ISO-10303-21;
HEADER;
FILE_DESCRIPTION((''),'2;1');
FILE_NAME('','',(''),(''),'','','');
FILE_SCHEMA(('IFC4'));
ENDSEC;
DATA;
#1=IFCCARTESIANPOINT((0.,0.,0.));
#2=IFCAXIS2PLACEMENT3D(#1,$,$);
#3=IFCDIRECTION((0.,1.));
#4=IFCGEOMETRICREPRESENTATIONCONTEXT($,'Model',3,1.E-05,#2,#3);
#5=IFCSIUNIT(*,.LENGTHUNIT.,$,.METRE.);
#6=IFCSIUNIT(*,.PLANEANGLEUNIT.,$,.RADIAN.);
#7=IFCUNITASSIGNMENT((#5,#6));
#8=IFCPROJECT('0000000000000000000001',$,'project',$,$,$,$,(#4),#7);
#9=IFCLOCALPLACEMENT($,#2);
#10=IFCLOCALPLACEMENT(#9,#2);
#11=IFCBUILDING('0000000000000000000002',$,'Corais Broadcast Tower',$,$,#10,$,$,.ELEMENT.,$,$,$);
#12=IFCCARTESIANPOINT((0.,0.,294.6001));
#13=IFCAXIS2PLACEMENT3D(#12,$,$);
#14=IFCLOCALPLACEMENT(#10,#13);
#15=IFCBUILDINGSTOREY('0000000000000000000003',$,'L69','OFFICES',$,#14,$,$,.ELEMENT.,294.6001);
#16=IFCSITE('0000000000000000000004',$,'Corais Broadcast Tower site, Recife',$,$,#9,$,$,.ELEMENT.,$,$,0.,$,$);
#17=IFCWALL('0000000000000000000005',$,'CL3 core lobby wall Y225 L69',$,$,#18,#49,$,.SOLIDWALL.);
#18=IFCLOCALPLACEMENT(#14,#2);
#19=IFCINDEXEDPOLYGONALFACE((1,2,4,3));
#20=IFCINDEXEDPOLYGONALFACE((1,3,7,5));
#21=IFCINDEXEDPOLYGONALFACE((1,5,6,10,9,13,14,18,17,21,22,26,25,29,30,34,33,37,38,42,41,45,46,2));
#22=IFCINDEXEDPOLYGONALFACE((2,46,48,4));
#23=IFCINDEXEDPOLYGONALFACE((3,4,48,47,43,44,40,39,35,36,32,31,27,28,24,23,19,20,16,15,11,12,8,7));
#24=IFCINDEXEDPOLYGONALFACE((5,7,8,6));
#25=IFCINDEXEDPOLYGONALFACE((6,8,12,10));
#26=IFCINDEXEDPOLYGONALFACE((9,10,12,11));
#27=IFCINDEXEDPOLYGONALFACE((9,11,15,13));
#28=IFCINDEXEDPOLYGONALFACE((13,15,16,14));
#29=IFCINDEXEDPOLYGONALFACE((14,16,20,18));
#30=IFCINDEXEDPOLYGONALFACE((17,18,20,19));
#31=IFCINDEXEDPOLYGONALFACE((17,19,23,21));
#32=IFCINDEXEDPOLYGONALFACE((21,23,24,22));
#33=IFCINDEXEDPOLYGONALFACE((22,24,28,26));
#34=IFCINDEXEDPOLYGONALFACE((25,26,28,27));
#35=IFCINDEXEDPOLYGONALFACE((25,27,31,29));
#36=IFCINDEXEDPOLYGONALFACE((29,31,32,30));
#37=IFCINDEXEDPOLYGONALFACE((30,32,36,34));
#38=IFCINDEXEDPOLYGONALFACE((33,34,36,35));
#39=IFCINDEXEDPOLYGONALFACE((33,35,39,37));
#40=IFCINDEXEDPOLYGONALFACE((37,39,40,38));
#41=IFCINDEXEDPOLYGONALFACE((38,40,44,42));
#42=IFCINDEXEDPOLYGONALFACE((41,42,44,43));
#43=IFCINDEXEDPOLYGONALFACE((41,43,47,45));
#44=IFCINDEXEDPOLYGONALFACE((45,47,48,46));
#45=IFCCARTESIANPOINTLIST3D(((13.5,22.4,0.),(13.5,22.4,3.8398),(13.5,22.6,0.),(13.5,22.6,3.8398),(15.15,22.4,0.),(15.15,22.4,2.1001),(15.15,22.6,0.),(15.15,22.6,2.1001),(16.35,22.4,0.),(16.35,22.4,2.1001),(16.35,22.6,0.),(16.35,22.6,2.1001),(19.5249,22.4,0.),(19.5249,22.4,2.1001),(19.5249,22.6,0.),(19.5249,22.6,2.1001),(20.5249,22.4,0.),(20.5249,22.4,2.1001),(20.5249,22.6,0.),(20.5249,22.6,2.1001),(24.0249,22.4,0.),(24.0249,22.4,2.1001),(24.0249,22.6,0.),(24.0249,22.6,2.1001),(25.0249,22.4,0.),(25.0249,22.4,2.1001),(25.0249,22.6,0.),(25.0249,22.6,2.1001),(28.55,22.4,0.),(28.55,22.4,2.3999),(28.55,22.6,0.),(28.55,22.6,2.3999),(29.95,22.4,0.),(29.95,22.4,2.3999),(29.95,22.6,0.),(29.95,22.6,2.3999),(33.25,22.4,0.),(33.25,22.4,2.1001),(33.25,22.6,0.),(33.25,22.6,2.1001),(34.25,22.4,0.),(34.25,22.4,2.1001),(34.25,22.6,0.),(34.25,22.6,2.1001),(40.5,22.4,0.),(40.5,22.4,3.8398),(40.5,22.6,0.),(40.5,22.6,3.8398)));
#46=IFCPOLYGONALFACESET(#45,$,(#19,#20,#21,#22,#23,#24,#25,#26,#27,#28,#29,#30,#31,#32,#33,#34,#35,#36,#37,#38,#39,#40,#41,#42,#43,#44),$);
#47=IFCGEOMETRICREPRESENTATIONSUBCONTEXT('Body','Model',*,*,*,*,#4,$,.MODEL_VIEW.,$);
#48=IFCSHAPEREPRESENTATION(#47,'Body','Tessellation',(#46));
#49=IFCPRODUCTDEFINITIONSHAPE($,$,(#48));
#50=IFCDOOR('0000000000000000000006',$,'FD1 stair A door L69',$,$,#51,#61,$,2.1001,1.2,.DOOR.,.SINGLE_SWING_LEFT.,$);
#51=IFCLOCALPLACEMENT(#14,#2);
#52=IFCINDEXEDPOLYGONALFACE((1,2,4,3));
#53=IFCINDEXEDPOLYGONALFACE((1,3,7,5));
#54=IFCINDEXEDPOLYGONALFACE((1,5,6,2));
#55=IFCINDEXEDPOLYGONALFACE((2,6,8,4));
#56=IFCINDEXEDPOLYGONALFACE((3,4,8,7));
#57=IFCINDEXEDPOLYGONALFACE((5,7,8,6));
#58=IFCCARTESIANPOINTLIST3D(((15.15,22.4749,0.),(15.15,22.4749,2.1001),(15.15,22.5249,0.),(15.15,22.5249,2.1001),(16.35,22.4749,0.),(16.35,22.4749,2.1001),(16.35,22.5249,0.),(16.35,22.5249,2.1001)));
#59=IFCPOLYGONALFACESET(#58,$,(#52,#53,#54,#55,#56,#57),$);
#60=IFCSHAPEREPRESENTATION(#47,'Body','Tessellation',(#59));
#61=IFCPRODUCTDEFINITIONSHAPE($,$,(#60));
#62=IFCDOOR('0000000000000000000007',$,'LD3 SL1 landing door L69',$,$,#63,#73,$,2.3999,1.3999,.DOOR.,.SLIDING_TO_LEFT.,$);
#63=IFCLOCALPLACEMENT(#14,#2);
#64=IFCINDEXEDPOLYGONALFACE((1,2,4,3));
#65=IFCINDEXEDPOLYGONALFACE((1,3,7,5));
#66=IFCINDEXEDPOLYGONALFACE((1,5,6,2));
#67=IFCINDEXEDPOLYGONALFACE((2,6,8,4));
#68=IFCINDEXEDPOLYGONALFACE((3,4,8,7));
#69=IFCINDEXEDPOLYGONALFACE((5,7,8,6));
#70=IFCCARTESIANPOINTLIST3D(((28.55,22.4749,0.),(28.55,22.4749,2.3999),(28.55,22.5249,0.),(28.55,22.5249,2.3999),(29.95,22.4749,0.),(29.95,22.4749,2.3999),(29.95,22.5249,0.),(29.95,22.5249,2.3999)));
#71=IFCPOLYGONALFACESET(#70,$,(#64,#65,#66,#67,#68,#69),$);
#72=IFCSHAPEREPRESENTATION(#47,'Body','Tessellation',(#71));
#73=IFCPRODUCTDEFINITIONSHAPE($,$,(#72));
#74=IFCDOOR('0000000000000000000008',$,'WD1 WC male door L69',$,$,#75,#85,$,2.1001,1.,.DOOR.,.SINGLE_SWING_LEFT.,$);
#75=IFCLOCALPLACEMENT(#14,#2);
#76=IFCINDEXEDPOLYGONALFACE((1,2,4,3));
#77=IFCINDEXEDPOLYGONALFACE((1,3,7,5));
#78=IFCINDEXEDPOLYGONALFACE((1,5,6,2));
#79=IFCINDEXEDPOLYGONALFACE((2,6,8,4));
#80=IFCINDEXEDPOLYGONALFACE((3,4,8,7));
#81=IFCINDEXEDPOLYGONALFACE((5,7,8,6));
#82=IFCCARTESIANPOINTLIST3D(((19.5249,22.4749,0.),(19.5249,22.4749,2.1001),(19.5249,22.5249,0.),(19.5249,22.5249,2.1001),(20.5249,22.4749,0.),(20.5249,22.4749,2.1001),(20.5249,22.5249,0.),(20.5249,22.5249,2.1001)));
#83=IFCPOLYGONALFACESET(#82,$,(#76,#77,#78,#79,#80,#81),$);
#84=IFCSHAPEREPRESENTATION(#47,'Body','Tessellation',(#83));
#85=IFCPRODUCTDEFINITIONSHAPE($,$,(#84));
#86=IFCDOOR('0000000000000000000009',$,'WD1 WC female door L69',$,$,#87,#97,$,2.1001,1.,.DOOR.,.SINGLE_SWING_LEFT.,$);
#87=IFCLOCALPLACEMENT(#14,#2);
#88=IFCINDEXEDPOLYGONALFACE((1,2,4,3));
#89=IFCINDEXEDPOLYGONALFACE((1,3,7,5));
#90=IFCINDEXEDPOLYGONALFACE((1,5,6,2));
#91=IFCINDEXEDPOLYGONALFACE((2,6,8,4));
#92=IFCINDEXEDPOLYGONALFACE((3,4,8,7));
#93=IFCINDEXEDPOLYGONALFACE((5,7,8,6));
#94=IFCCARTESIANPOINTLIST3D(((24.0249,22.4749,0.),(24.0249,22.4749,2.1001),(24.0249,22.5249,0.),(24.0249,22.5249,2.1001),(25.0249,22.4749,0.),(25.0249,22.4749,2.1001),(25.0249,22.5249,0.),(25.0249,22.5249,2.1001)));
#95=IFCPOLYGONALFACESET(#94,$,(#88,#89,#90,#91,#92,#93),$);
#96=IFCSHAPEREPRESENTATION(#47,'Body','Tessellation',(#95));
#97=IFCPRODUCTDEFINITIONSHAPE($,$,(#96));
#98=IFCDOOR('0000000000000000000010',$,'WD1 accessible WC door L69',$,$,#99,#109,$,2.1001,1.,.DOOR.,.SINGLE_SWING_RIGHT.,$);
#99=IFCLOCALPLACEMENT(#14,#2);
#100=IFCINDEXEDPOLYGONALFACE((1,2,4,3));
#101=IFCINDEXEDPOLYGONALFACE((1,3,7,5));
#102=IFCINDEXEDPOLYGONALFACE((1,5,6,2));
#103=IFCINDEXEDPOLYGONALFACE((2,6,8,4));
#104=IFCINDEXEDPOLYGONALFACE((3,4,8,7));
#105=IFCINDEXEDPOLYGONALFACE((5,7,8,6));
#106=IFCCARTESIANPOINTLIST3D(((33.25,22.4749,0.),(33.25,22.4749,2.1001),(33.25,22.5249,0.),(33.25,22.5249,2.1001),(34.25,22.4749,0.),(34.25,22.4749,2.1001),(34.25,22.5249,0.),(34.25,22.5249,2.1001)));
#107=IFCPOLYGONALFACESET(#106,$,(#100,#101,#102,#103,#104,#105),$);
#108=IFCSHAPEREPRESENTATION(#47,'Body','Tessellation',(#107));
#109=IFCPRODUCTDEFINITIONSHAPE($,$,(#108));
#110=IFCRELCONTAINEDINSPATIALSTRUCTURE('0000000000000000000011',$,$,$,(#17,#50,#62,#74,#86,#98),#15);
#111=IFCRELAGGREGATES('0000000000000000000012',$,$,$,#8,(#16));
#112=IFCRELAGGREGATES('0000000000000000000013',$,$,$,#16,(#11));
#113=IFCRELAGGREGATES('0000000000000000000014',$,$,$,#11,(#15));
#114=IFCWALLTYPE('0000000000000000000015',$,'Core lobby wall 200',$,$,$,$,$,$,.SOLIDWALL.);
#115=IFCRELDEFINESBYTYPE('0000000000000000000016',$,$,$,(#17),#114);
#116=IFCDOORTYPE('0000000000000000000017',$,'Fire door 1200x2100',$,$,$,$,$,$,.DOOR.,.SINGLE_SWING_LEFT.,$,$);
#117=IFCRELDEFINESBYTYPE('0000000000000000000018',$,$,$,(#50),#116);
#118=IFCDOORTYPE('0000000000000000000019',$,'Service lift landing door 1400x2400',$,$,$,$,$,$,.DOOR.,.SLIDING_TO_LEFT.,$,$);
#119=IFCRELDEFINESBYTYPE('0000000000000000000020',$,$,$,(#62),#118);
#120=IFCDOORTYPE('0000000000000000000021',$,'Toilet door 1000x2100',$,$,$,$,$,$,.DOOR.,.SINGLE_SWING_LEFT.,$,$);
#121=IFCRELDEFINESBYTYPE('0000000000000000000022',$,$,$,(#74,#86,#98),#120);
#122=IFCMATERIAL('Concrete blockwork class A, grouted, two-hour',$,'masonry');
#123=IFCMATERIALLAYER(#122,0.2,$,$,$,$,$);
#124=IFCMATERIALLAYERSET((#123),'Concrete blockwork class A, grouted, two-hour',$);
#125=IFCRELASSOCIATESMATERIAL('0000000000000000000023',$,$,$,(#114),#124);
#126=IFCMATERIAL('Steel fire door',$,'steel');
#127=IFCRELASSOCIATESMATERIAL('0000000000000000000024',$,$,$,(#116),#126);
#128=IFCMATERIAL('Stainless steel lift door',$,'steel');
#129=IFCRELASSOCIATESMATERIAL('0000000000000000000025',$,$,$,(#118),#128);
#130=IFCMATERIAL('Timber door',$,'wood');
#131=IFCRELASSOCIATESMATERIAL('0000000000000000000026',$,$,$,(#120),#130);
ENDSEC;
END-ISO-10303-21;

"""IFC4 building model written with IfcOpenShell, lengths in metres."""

from ifc_helpers import new_model, si_unit, direction, frame, frame_2d, origin, place, context, subcontext, project, spatial, rectangle, extrude, material, layer, layer_set, type_object, element, fill, save


model = new_model("IFC4")

# Units and contexts
model_context = context("Model", 3, precision=1e-05, world=origin(), true_north=direction((0.0, 1.0)))
body_context = subcontext(model_context, "Body", "Model", "MODEL_VIEW")
ifc_project = project(units=[si_unit("LENGTHUNIT", "METRE"), si_unit("PLANEANGLEUNIT", "RADIAN")], contexts=[model_context])

# Site, building, storey
site_placement = place(None, origin())
site = spatial("IfcSite", under=ifc_project, at=site_placement, Name="Corais Broadcast Tower site, Recife", CompositionType="ELEMENT", RefElevation=0.0)
building_placement = place(site_placement, origin())
building = spatial("IfcBuilding", under=site, at=building_placement, Name="Corais Broadcast Tower", CompositionType="ELEMENT")
storey_placement = place(building_placement, frame((0.0, 0.0, 294.6001)))
storey = spatial("IfcBuildingStorey", under=building, at=storey_placement, Name="L69", Description="OFFICES", CompositionType="ELEMENT", Elevation=294.6001)

# Wall, openings, doors
ifc_material_1 = material(Name="Concrete blockwork class A, grouted, two-hour", Category="masonry")
ifc_layer_1 = layer(ifc_material_1, 0.2)
ifc_layer_set_1 = layer_set([ifc_layer_1], Name="Concrete blockwork class A, grouted, two-hour")
wall_type_1 = type_object("IfcWallType", Name="Core lobby wall 200", PredefinedType="SOLIDWALL", material=ifc_layer_set_1)
wall_1_placement = place(storey_placement, frame((13.5, 22.5, 0.0), z_axis=(0.0, 0.0, 1.0), x_axis=(1.0, 0.0, 0.0)))
wall_1 = element("IfcWall", 1, at=wall_1_placement, inside=storey, type_object=wall_type_1, Name="CL3 core lobby wall Y225 L69", PredefinedType="SOLIDWALL", context=body_context, shape_type="SweptSolid", body=[
    extrude(rectangle(XDim=27.0, YDim=0.2, at=frame_2d((13.5, 0.0))), origin(), (0.0, 0.0, 1.0), 3.8398),
])
opening_1_placement = place(wall_1_placement, frame((1.6499, 0.0, 0.0)))
opening_1 = element("IfcOpeningElement", 2, at=opening_1_placement, cuts=wall_1, PredefinedType="OPENING", context=body_context, shape_type="SweptSolid", body=[
    extrude(rectangle(XDim=1.2, YDim=2.1001, at=frame_2d((0.6001, 1.05))), frame((0.0, 0.1099, 0.0), z_axis=(0.0, -1.0, 0.0), x_axis=(1.0, 0.0, 0.0)), (0.0, 0.0, 1.0), 0.22),
])
opening_2_placement = place(wall_1_placement, frame((6.0249, 0.0, 0.0)))
opening_2 = element("IfcOpeningElement", 3, at=opening_2_placement, cuts=wall_1, PredefinedType="OPENING", context=body_context, shape_type="SweptSolid", body=[
    extrude(rectangle(XDim=1.0, YDim=2.1001, at=frame_2d((0.5, 1.05))), frame((0.0, 0.1099, 0.0), z_axis=(0.0, -1.0, 0.0), x_axis=(1.0, 0.0, 0.0)), (0.0, 0.0, 1.0), 0.22),
])
opening_3_placement = place(wall_1_placement, frame((10.5249, 0.0, 0.0)))
opening_3 = element("IfcOpeningElement", 4, at=opening_3_placement, cuts=wall_1, PredefinedType="OPENING", context=body_context, shape_type="SweptSolid", body=[
    extrude(rectangle(XDim=1.0, YDim=2.1001, at=frame_2d((0.5, 1.05))), frame((0.0, 0.1099, 0.0), z_axis=(0.0, -1.0, 0.0), x_axis=(1.0, 0.0, 0.0)), (0.0, 0.0, 1.0), 0.22),
])
opening_4_placement = place(wall_1_placement, frame((19.75, 0.0, 0.0)))
opening_4 = element("IfcOpeningElement", 5, at=opening_4_placement, cuts=wall_1, PredefinedType="OPENING", context=body_context, shape_type="SweptSolid", body=[
    extrude(rectangle(XDim=1.0, YDim=2.1001, at=frame_2d((0.5, 1.05))), frame((0.0, 0.1099, 0.0), z_axis=(0.0, -1.0, 0.0), x_axis=(1.0, 0.0, 0.0)), (0.0, 0.0, 1.0), 0.22),
])
opening_5_placement = place(wall_1_placement, frame((15.05, 0.0, 0.0)))
opening_5 = element("IfcOpeningElement", 6, at=opening_5_placement, cuts=wall_1, PredefinedType="OPENING", context=body_context, shape_type="SweptSolid", body=[
    extrude(rectangle(XDim=1.3999, YDim=2.3999, at=frame_2d((0.7, 1.2))), frame((0.0, 0.1099, 0.0), z_axis=(0.0, -1.0, 0.0), x_axis=(1.0, 0.0, 0.0)), (0.0, 0.0, 1.0), 0.22),
])
ifc_material_2 = material(Name="Steel fire door", Category="steel")
door_type_1 = type_object("IfcDoorType", Name="Fire door 1200x2100", OperationType="SINGLE_SWING_LEFT", PredefinedType="DOOR", material=ifc_material_2)
door_1_placement = place(opening_1_placement, origin())
door_1 = element("IfcDoor", 7, at=door_1_placement, inside=storey, type_object=door_type_1, Name="FD1 stair A door L69", OperationType="SINGLE_SWING_LEFT", OverallHeight=2.1001, OverallWidth=1.2, PredefinedType="DOOR", context=body_context, shape_type="SweptSolid", body=[
    extrude(rectangle(XDim=1.2, YDim=2.1001, at=frame_2d((0.6001, 1.05))), frame((0.0, 0.0249, 0.0), z_axis=(0.0, -1.0, 0.0), x_axis=(1.0, 0.0, 0.0)), (0.0, 0.0, 1.0), 0.05),
])
fill(opening_1, door_1)
ifc_material_3 = material(Name="Stainless steel lift door", Category="steel")
door_type_2 = type_object("IfcDoorType", Name="Service lift landing door 1400x2400", OperationType="SLIDING_TO_LEFT", PredefinedType="DOOR", material=ifc_material_3)
door_2_placement = place(opening_5_placement, origin())
door_2 = element("IfcDoor", 8, at=door_2_placement, inside=storey, type_object=door_type_2, Name="LD3 SL1 landing door L69", OperationType="SLIDING_TO_LEFT", OverallHeight=2.3999, OverallWidth=1.3999, PredefinedType="DOOR", context=body_context, shape_type="SweptSolid", body=[
    extrude(rectangle(XDim=1.3999, YDim=2.3999, at=frame_2d((0.7, 1.2))), frame((0.0, 0.0249, 0.0), z_axis=(0.0, -1.0, 0.0), x_axis=(1.0, 0.0, 0.0)), (0.0, 0.0, 1.0), 0.05),
])
fill(opening_5, door_2)
ifc_material_4 = material(Name="Timber door", Category="wood")
door_type_3 = type_object("IfcDoorType", Name="Toilet door 1000x2100", OperationType="SINGLE_SWING_LEFT", PredefinedType="DOOR", material=ifc_material_4)
door_3_placement = place(opening_2_placement, origin())
door_3 = element("IfcDoor", 9, at=door_3_placement, inside=storey, type_object=door_type_3, Name="WD1 WC male door L69", OperationType="SINGLE_SWING_LEFT", OverallHeight=2.1001, OverallWidth=1.0, PredefinedType="DOOR", context=body_context, shape_type="SweptSolid", body=[
    extrude(rectangle(XDim=1.0, YDim=2.1001, at=frame_2d((0.5, 1.05))), frame((0.0, 0.0249, 0.0), z_axis=(0.0, -1.0, 0.0), x_axis=(1.0, 0.0, 0.0)), (0.0, 0.0, 1.0), 0.05),
])
fill(opening_2, door_3)
door_4_placement = place(opening_3_placement, origin())
door_4 = element("IfcDoor", 10, at=door_4_placement, inside=storey, type_object=door_type_3, Name="WD1 WC female door L69", OperationType="SINGLE_SWING_LEFT", OverallHeight=2.1001, OverallWidth=1.0, PredefinedType="DOOR", context=body_context, shape_type="SweptSolid", body=[
    extrude(rectangle(XDim=1.0, YDim=2.1001, at=frame_2d((0.5, 1.05))), frame((0.0, 0.0249, 0.0), z_axis=(0.0, -1.0, 0.0), x_axis=(1.0, 0.0, 0.0)), (0.0, 0.0, 1.0), 0.05),
])
fill(opening_3, door_4)
door_5_placement = place(opening_4_placement, origin())
door_5 = element("IfcDoor", 11, at=door_5_placement, inside=storey, type_object=door_type_3, Name="WD1 accessible WC door L69", OperationType="SINGLE_SWING_RIGHT", OverallHeight=2.1001, OverallWidth=1.0, PredefinedType="DOOR", context=body_context, shape_type="SweptSolid", body=[
    extrude(rectangle(XDim=1.0, YDim=2.1001, at=frame_2d((0.5, 1.05))), frame((0.0, 0.0249, 0.0), z_axis=(0.0, -1.0, 0.0), x_axis=(1.0, 0.0, 0.0)), (0.0, 0.0, 1.0), 0.05),
])
fill(opening_4, door_5)

save(model, "model.ifc")
